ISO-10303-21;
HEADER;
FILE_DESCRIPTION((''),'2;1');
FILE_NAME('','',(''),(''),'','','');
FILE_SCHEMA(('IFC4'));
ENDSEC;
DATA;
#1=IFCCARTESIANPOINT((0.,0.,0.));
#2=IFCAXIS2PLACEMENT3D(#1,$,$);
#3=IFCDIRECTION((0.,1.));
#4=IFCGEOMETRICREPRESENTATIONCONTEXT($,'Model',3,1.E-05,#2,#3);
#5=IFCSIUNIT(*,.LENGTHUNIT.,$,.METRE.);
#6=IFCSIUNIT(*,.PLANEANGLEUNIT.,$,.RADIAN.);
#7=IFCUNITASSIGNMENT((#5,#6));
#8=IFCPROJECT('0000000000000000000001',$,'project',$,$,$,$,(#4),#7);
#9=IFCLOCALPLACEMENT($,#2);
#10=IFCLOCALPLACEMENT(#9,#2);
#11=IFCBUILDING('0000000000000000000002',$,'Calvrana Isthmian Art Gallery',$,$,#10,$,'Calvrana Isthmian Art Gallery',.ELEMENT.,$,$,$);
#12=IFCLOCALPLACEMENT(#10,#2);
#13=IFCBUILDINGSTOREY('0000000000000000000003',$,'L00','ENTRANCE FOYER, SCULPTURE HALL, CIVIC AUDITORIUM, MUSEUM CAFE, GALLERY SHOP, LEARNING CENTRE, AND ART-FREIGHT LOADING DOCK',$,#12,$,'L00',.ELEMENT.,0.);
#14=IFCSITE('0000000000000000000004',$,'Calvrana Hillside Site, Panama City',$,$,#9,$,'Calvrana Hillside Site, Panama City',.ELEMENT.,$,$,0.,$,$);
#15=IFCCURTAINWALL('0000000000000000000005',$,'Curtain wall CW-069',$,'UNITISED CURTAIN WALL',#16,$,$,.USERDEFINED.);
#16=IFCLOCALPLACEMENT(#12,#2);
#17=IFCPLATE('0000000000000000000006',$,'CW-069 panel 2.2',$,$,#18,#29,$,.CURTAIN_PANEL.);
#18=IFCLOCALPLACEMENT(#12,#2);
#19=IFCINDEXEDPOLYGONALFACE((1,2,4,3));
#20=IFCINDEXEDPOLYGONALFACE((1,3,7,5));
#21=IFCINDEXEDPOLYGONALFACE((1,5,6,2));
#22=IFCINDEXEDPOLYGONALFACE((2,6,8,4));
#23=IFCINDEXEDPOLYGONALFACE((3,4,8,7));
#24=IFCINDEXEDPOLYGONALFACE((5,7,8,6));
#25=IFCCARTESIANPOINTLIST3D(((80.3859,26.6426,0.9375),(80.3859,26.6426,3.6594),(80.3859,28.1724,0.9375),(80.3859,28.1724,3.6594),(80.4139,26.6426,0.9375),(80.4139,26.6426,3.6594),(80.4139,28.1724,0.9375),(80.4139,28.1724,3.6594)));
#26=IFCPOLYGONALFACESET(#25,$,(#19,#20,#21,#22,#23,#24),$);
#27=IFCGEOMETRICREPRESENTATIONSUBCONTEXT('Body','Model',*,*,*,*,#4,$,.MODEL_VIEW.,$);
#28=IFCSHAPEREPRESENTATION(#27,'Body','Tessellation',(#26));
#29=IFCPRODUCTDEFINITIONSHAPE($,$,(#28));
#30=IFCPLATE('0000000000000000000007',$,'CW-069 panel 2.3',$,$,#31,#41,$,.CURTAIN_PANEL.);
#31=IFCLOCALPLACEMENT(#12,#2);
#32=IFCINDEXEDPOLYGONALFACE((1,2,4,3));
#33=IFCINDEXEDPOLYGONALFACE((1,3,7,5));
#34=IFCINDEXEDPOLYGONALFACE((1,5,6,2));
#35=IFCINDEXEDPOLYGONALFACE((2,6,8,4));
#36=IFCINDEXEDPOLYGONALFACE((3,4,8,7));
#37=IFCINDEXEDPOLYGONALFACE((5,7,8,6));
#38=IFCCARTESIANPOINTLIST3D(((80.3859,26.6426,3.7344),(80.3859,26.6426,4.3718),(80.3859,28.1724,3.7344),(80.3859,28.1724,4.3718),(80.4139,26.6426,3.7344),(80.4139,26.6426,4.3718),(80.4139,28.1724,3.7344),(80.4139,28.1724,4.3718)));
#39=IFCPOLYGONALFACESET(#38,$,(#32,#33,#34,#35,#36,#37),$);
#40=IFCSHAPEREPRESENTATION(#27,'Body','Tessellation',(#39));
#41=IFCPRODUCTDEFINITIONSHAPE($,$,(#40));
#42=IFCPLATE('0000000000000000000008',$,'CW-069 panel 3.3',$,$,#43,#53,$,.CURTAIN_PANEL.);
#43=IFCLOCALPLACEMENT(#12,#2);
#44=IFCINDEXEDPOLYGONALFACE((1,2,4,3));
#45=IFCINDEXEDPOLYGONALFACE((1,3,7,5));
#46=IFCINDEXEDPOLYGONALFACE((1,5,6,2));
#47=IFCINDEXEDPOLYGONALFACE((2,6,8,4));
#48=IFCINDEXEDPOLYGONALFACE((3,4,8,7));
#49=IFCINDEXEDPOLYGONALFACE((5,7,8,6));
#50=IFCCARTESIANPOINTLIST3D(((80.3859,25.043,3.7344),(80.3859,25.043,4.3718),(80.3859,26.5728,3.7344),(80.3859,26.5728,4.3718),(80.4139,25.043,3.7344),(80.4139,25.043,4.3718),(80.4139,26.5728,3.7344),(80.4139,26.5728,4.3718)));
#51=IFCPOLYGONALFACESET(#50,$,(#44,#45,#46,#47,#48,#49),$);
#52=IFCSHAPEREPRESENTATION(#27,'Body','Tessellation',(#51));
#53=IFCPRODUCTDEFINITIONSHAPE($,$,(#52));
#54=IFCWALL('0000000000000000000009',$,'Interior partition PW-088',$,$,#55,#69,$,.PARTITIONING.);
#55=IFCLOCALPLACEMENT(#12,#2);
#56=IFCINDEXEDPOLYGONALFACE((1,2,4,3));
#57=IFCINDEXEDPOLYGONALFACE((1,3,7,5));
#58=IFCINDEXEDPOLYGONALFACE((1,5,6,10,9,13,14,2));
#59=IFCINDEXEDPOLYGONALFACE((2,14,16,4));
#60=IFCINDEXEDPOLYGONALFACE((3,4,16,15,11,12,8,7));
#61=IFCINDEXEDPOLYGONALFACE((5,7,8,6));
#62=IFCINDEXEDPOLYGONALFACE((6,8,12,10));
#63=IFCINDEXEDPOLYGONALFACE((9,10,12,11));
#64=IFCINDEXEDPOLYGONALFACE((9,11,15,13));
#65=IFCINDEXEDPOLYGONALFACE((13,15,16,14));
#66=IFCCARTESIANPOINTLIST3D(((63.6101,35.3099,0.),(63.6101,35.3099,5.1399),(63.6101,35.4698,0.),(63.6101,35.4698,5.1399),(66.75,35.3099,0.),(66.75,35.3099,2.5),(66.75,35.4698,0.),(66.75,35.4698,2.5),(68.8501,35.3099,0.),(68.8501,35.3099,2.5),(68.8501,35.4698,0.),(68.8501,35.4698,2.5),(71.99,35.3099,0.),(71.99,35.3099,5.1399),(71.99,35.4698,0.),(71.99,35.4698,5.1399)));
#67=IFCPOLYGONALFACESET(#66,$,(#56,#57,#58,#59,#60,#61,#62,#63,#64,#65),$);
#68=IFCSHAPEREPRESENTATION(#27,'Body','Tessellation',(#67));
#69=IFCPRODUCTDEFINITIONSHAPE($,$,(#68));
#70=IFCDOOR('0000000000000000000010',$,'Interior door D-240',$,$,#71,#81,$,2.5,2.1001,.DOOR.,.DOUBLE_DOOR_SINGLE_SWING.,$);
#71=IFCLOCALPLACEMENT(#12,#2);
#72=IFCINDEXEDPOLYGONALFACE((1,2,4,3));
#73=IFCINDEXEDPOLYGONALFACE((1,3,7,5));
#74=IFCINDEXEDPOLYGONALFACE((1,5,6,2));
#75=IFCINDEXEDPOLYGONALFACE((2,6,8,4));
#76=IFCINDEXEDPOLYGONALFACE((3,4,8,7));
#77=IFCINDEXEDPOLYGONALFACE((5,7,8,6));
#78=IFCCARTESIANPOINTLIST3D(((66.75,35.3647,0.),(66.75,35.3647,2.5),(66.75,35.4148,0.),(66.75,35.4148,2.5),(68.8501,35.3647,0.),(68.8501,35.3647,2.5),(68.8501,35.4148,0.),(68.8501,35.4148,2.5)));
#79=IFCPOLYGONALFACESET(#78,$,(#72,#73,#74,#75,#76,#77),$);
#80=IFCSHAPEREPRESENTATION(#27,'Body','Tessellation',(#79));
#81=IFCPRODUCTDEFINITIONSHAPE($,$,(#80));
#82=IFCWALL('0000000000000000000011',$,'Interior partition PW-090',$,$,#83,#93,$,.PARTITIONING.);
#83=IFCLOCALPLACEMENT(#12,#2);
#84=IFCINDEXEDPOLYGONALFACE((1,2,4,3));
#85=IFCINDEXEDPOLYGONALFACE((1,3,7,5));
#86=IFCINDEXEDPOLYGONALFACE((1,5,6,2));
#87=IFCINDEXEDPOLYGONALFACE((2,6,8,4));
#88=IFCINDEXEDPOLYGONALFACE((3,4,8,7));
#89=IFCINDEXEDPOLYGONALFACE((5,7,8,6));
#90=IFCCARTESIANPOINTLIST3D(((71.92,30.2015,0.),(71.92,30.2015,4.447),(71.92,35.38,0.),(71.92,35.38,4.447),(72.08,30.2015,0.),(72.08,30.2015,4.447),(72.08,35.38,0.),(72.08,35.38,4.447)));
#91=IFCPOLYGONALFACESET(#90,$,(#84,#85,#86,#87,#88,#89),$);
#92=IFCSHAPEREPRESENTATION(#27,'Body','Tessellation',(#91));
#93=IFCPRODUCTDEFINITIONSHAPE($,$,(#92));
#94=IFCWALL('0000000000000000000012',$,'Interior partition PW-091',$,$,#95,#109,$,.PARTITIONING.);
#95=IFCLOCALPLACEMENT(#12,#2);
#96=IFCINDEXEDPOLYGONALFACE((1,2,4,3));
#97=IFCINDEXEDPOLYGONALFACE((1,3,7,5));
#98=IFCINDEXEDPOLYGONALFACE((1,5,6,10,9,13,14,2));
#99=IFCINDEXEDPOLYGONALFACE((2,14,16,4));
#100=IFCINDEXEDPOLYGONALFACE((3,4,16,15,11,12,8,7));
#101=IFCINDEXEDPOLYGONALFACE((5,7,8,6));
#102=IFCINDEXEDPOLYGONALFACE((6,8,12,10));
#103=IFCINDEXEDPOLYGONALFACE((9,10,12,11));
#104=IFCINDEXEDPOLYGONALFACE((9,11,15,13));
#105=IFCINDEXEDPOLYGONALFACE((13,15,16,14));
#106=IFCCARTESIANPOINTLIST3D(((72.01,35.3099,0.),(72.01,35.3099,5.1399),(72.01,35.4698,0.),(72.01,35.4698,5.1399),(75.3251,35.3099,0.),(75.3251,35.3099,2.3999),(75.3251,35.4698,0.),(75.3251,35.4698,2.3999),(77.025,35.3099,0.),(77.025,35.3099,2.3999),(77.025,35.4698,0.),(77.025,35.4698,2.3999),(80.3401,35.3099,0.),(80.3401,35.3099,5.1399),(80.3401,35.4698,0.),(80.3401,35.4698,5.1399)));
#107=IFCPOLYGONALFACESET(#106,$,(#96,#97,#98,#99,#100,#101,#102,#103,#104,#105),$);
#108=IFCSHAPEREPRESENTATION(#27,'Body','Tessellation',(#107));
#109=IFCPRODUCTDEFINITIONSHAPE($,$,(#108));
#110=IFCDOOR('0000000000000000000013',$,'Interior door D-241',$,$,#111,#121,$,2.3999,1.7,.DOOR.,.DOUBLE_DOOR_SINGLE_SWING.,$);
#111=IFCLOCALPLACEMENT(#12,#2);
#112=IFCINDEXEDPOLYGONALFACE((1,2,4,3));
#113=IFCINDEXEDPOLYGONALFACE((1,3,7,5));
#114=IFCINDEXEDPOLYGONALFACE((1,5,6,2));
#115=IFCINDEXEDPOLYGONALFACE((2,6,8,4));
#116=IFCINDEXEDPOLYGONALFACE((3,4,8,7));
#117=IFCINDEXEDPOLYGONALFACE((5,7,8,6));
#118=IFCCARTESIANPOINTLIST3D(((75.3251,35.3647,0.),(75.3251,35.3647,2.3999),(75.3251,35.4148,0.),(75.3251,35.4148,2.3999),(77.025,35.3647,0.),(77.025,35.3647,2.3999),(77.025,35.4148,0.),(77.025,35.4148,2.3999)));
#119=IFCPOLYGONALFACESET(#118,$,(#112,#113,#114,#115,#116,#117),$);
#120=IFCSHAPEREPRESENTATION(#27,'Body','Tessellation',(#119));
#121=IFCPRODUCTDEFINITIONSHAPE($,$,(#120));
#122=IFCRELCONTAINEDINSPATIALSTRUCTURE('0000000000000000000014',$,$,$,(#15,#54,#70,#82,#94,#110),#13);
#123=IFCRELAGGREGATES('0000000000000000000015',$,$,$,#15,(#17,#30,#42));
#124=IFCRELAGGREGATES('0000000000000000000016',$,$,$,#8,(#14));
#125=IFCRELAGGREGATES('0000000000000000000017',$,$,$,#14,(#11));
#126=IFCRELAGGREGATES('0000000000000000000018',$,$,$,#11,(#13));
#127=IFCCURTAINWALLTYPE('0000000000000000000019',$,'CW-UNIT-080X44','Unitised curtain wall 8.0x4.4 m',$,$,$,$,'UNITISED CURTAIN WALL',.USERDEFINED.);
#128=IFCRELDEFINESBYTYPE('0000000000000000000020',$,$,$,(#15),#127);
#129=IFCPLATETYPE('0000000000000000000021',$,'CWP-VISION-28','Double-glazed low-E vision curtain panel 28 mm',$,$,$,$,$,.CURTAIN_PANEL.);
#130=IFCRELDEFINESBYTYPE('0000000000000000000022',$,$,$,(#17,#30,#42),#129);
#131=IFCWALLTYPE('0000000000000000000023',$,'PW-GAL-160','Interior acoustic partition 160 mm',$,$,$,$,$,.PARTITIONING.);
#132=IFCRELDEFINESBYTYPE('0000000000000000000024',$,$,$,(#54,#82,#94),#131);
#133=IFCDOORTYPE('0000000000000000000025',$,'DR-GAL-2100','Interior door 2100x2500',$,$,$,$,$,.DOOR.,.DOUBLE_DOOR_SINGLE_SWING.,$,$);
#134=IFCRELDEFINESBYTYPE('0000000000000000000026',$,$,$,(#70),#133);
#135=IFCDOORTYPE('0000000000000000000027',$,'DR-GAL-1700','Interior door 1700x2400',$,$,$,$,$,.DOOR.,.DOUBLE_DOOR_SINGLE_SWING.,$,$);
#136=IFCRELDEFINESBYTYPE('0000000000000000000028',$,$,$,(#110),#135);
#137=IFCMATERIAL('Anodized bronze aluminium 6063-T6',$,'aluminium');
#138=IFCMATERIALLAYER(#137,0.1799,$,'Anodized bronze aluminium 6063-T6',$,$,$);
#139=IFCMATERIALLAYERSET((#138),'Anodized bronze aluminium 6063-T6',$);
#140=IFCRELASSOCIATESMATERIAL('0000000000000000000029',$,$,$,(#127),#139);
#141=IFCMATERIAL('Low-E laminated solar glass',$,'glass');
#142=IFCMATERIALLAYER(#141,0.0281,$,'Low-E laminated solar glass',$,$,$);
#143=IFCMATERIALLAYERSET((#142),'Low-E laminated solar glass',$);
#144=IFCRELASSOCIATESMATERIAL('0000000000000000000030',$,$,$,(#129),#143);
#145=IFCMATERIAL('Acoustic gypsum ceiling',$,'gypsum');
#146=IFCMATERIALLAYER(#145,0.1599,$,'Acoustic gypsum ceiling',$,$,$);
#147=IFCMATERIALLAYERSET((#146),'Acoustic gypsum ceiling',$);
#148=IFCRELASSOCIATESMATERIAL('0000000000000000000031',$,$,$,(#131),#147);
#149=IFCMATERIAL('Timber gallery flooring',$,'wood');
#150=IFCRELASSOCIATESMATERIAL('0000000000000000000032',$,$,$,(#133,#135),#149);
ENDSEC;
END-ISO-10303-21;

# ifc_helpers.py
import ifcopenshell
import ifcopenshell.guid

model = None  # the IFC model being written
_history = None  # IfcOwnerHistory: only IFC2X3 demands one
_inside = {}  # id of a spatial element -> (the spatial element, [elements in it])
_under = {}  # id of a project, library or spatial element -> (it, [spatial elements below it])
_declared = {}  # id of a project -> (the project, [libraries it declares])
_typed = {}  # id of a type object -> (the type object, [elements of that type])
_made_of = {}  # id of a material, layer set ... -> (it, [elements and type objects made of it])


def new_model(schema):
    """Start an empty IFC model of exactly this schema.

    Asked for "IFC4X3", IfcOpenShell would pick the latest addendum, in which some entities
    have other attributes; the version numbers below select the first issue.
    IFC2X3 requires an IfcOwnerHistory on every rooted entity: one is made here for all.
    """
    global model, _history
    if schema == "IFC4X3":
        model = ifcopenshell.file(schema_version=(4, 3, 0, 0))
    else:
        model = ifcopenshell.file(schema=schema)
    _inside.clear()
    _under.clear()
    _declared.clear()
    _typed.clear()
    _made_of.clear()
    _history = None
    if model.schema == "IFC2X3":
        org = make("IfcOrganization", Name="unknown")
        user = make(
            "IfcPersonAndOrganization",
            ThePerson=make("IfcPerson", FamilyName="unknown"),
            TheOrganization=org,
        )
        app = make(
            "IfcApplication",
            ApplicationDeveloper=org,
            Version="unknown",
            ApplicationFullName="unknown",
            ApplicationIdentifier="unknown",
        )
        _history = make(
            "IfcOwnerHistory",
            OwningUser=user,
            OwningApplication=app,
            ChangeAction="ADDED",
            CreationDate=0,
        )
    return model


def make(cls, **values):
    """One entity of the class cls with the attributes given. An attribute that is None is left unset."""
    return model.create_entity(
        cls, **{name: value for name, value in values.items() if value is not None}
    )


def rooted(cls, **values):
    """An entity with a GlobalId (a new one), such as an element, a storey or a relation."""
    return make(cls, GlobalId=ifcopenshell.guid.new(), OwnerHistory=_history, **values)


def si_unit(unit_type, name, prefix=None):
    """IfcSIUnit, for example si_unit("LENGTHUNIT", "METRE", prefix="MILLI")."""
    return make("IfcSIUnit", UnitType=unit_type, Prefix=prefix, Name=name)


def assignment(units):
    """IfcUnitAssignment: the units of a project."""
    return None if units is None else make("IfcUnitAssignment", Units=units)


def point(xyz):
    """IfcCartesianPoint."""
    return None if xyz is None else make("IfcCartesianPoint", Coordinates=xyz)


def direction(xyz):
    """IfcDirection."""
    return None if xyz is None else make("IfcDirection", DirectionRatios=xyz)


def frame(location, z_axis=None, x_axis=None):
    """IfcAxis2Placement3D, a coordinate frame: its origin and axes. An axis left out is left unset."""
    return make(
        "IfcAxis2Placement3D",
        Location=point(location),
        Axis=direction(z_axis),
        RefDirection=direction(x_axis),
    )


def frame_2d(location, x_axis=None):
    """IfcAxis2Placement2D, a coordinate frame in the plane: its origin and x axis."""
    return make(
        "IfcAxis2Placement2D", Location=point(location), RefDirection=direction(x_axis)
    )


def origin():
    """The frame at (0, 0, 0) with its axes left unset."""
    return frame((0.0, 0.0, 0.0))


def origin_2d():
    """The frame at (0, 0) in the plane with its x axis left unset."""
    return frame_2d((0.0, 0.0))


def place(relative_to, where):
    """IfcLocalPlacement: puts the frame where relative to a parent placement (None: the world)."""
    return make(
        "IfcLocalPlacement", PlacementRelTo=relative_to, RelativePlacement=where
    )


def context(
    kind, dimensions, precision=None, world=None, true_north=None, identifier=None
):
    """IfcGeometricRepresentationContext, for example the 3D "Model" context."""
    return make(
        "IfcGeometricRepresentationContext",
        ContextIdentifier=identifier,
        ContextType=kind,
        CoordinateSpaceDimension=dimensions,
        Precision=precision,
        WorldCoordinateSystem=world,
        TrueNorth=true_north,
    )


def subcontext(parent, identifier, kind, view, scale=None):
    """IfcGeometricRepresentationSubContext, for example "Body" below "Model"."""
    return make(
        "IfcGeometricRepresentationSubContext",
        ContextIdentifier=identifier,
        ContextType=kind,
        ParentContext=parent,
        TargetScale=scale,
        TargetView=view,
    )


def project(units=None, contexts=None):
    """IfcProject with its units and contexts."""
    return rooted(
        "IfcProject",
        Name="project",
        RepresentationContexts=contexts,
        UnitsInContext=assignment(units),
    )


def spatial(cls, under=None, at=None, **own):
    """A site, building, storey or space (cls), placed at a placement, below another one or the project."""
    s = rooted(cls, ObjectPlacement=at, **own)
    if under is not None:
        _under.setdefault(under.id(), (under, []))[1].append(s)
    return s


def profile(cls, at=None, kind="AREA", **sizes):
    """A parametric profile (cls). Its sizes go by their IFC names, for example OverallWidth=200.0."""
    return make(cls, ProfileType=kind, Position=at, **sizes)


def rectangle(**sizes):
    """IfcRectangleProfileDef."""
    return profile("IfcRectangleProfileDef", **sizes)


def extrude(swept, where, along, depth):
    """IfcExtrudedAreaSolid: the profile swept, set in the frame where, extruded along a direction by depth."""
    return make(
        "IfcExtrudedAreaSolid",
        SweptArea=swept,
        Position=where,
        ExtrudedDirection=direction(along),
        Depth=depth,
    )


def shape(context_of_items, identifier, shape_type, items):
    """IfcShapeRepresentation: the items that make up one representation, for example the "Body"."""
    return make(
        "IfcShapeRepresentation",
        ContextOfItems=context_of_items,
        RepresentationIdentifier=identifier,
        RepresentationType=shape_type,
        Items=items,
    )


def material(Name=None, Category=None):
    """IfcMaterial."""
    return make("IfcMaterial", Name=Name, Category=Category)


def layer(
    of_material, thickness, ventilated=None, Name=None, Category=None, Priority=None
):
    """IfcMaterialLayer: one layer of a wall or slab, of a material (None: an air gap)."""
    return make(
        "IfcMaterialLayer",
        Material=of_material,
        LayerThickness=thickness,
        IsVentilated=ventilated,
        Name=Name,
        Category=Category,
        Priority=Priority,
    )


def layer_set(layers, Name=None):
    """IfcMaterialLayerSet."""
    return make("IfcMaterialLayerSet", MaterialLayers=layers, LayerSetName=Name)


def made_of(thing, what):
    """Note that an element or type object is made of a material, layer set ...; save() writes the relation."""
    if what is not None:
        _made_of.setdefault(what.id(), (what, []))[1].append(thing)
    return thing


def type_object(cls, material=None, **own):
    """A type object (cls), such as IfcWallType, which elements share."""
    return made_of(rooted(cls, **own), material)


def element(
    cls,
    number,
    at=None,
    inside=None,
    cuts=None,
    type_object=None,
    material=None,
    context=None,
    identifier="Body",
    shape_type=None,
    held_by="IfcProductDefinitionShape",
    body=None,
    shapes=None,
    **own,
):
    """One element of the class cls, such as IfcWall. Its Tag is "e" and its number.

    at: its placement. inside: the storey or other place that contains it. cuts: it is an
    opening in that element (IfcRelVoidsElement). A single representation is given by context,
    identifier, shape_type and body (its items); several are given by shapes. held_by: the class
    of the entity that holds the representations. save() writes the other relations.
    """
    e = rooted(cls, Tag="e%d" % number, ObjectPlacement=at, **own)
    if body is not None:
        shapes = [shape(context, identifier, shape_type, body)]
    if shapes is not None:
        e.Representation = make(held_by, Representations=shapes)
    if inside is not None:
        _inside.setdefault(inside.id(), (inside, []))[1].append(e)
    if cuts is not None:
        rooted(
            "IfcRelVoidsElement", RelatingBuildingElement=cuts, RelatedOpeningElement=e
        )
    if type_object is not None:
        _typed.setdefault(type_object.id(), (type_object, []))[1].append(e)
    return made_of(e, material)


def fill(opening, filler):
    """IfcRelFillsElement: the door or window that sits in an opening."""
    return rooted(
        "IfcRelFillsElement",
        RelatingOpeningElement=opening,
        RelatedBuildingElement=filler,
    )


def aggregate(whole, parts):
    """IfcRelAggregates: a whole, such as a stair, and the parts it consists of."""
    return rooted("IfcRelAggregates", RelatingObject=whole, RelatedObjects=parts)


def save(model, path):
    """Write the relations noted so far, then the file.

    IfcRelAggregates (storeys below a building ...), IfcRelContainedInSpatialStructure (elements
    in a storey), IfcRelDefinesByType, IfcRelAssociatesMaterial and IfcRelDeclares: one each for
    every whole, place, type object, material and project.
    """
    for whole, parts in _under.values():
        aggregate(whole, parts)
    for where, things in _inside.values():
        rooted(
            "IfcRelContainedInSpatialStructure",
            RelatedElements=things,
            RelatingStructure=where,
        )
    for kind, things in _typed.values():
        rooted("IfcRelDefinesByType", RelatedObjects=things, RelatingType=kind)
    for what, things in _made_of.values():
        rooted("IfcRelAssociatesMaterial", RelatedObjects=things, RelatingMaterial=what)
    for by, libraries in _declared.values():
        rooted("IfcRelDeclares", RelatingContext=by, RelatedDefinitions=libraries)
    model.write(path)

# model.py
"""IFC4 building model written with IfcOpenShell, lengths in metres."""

from ifc_helpers import new_model, si_unit, direction, frame, frame_2d, origin, origin_2d, place, context, subcontext, project, spatial, rectangle, extrude, material, layer, layer_set, type_object, element, fill, aggregate, save


model = new_model("IFC4")

# Units and contexts
model_context = context("Model", 3, precision=1e-05, world=origin(), true_north=direction((0.0, 1.0)))
body_context = subcontext(model_context, "Body", "Model", "MODEL_VIEW")
ifc_project = project(units=[si_unit("LENGTHUNIT", "METRE"), si_unit("PLANEANGLEUNIT", "RADIAN")], contexts=[model_context])

# Site, building, storey
site_placement = place(None, origin())
site = spatial("IfcSite", under=ifc_project, at=site_placement, Name="Calvrana Hillside Site, Panama City", LongName="Calvrana Hillside Site, Panama City", CompositionType="ELEMENT", RefElevation=0.0)
building_placement = place(site_placement, origin())
building = spatial("IfcBuilding", under=site, at=building_placement, Name="Calvrana Isthmian Art Gallery", LongName="Calvrana Isthmian Art Gallery", CompositionType="ELEMENT")
storey_placement = place(building_placement, origin())
storey = spatial("IfcBuildingStorey", under=building, at=storey_placement, Name="L00", Description="ENTRANCE FOYER, SCULPTURE HALL, CIVIC AUDITORIUM, MUSEUM CAFE, GALLERY SHOP, LEARNING CENTRE, AND ART-FREIGHT LOADING DOCK", LongName="L00", CompositionType="ELEMENT", Elevation=0.0)

# Curtain wall
ifc_material_1 = material(Name="Anodized bronze aluminium 6063-T6", Category="aluminium")
ifc_layer_1 = layer(ifc_material_1, 0.1799, Name="Anodized bronze aluminium 6063-T6")
ifc_layer_set_1 = layer_set([ifc_layer_1], Name="Anodized bronze aluminium 6063-T6")
curtain_wall_type = type_object("IfcCurtainWallType", Name="CW-UNIT-080X44", Description="Unitised curtain wall 8.0x4.4 m", ElementType="UNITISED CURTAIN WALL", PredefinedType="USERDEFINED", material=ifc_layer_set_1)
curtain_wall_1_placement = place(storey_placement, origin())
curtain_wall_1 = element("IfcCurtainWall", 1, at=curtain_wall_1_placement, inside=storey, type_object=curtain_wall_type, Name="Curtain wall CW-069", ObjectType="UNITISED CURTAIN WALL", PredefinedType="USERDEFINED")

# Plates
ifc_material_2 = material(Name="Low-E laminated solar glass", Category="glass")
ifc_layer_2 = layer(ifc_material_2, 0.0281, Name="Low-E laminated solar glass")
ifc_layer_set_2 = layer_set([ifc_layer_2], Name="Low-E laminated solar glass")
plate_type = type_object("IfcPlateType", Name="CWP-VISION-28", Description="Double-glazed low-E vision curtain panel 28 mm", PredefinedType="CURTAIN_PANEL", material=ifc_layer_set_2)
plate_1_placement = place(storey_placement, frame((80.3999, 27.4075, 0.9375), z_axis=(0.0, 0.0, 1.0), x_axis=(0.0, -1.0, 0.0)))
plate_1 = element("IfcPlate", 2, at=plate_1_placement, type_object=plate_type, Name="CW-069 panel 2.2", PredefinedType="CURTAIN_PANEL", context=body_context, shape_type="SweptSolid", body=[
    extrude(rectangle(XDim=1.5298, YDim=0.0281, at=origin_2d()), origin(), (0.0, 0.0, 1.0), 2.7219),
])
plate_2_placement = place(storey_placement, frame((80.3999, 27.4075, 3.7344), z_axis=(0.0, 0.0, 1.0), x_axis=(0.0, -1.0, 0.0)))
plate_2 = element("IfcPlate", 3, at=plate_2_placement, type_object=plate_type, Name="CW-069 panel 2.3", PredefinedType="CURTAIN_PANEL", context=body_context, shape_type="SweptSolid", body=[
    extrude(rectangle(XDim=1.5298, YDim=0.0281, at=origin_2d()), origin(), (0.0, 0.0, 1.0), 0.6375),
])
plate_3_placement = place(storey_placement, frame((80.3999, 25.8079, 3.7344), z_axis=(0.0, 0.0, 1.0), x_axis=(0.0, -1.0, 0.0)))
plate_3 = element("IfcPlate", 4, at=plate_3_placement, type_object=plate_type, Name="CW-069 panel 3.3", PredefinedType="CURTAIN_PANEL", context=body_context, shape_type="SweptSolid", body=[
    extrude(rectangle(XDim=1.5298, YDim=0.0281, at=origin_2d()), origin(), (0.0, 0.0, 1.0), 0.6375),
])
aggregate(curtain_wall_1, [plate_1, plate_2, plate_3])

# Wall, opening, door
ifc_material_3 = material(Name="Acoustic gypsum ceiling", Category="gypsum")
ifc_layer_3 = layer(ifc_material_3, 0.1599, Name="Acoustic gypsum ceiling")
ifc_layer_set_3 = layer_set([ifc_layer_3], Name="Acoustic gypsum ceiling")
wall_type = type_object("IfcWallType", Name="PW-GAL-160", Description="Interior acoustic partition 160 mm", PredefinedType="PARTITIONING", material=ifc_layer_set_3)
wall_1_placement = place(storey_placement, frame((63.6101, 35.3899, 0.0), z_axis=(0.0, 0.0, 1.0), x_axis=(1.0, 0.0, 0.0)))
wall_1 = element("IfcWall", 5, at=wall_1_placement, inside=storey, type_object=wall_type, Name="Interior partition PW-088", PredefinedType="PARTITIONING", context=body_context, shape_type="SweptSolid", body=[
    extrude(rectangle(XDim=8.3799, YDim=0.1599, at=frame_2d((4.1899, 0.0))), origin(), (0.0, 0.0, 1.0), 5.1399),
])
opening_1_placement = place(wall_1_placement, frame((3.1399, 0.0, 0.0)))
opening_1 = element("IfcOpeningElement", 6, at=opening_1_placement, cuts=wall_1, PredefinedType="OPENING", context=body_context, shape_type="SweptSolid", body=[
    extrude(rectangle(XDim=2.1001, YDim=2.5, at=frame_2d((1.05, 1.25))), frame((0.0, 0.0903, 0.0), z_axis=(0.0, -1.0, 0.0), x_axis=(1.0, 0.0, 0.0)), (0.0, 0.0, 1.0), 0.1804),
])
ifc_material_4 = material(Name="Timber gallery flooring", Category="wood")
door_type_1 = type_object("IfcDoorType", Name="DR-GAL-2100", Description="Interior door 2100x2500", OperationType="DOUBLE_DOOR_SINGLE_SWING", PredefinedType="DOOR", material=ifc_material_4)
door_1_placement = place(opening_1_placement, origin())
door_1 = element("IfcDoor", 7, at=door_1_placement, inside=storey, type_object=door_type_1, Name="Interior door D-240", OperationType="DOUBLE_DOOR_SINGLE_SWING", OverallHeight=2.5, OverallWidth=2.1001, PredefinedType="DOOR", context=body_context, shape_type="SweptSolid", body=[
    extrude(rectangle(XDim=2.1001, YDim=2.5, at=frame_2d((1.05, 1.25))), frame((0.0, 0.0249, 0.0), z_axis=(0.0, -1.0, 0.0), x_axis=(1.0, 0.0, 0.0)), (0.0, 0.0, 1.0), 0.05),
])
fill(opening_1, door_1)

# Wall
wall_2_placement = place(storey_placement, frame((72.0, 30.2014, 0.0), z_axis=(0.0, 0.0, 1.0), x_axis=(0.0, 1.0, 0.0)))
element("IfcWall", 8, at=wall_2_placement, inside=storey, type_object=wall_type, Name="Interior partition PW-090", PredefinedType="PARTITIONING", context=body_context, shape_type="SweptSolid", body=[
    extrude(rectangle(XDim=5.1785, YDim=0.1599, at=frame_2d((2.5894, 0.0))), origin(), (0.0, 0.0, 1.0), 4.447),
])

# Wall, opening, door
wall_3_placement = place(storey_placement, frame((72.01, 35.3899, 0.0), z_axis=(0.0, 0.0, 1.0), x_axis=(1.0, 0.0, 0.0)))
wall_3 = element("IfcWall", 9, at=wall_3_placement, inside=storey, type_object=wall_type, Name="Interior partition PW-091", PredefinedType="PARTITIONING", context=body_context, shape_type="SweptSolid", body=[
    extrude(rectangle(XDim=8.3301, YDim=0.1599, at=frame_2d((4.165, 0.0))), origin(), (0.0, 0.0, 1.0), 5.1399),
])
opening_2_placement = place(wall_3_placement, frame((3.3149, 0.0, 0.0)))
opening_2 = element("IfcOpeningElement", 10, at=opening_2_placement, cuts=wall_3, PredefinedType="OPENING", context=body_context, shape_type="SweptSolid", body=[
    extrude(rectangle(XDim=1.7, YDim=2.3999, at=frame_2d((0.8501, 1.2))), frame((0.0, 0.0903, 0.0), z_axis=(0.0, -1.0, 0.0), x_axis=(1.0, 0.0, 0.0)), (0.0, 0.0, 1.0), 0.1804),
])
door_type_2 = type_object("IfcDoorType", Name="DR-GAL-1700", Description="Interior door 1700x2400", OperationType="DOUBLE_DOOR_SINGLE_SWING", PredefinedType="DOOR", material=ifc_material_4)
door_2_placement = place(opening_2_placement, origin())
door_2 = element("IfcDoor", 11, at=door_2_placement, inside=storey, type_object=door_type_2, Name="Interior door D-241", OperationType="DOUBLE_DOOR_SINGLE_SWING", OverallHeight=2.3999, OverallWidth=1.7, PredefinedType="DOOR", context=body_context, shape_type="SweptSolid", body=[
    extrude(rectangle(XDim=1.7, YDim=2.3999, at=frame_2d((0.8501, 1.2))), frame((0.0, 0.0249, 0.0), z_axis=(0.0, -1.0, 0.0), x_axis=(1.0, 0.0, 0.0)), (0.0, 0.0, 1.0), 0.05),
])
fill(opening_2, door_2)

save(model, "model.ifc")
